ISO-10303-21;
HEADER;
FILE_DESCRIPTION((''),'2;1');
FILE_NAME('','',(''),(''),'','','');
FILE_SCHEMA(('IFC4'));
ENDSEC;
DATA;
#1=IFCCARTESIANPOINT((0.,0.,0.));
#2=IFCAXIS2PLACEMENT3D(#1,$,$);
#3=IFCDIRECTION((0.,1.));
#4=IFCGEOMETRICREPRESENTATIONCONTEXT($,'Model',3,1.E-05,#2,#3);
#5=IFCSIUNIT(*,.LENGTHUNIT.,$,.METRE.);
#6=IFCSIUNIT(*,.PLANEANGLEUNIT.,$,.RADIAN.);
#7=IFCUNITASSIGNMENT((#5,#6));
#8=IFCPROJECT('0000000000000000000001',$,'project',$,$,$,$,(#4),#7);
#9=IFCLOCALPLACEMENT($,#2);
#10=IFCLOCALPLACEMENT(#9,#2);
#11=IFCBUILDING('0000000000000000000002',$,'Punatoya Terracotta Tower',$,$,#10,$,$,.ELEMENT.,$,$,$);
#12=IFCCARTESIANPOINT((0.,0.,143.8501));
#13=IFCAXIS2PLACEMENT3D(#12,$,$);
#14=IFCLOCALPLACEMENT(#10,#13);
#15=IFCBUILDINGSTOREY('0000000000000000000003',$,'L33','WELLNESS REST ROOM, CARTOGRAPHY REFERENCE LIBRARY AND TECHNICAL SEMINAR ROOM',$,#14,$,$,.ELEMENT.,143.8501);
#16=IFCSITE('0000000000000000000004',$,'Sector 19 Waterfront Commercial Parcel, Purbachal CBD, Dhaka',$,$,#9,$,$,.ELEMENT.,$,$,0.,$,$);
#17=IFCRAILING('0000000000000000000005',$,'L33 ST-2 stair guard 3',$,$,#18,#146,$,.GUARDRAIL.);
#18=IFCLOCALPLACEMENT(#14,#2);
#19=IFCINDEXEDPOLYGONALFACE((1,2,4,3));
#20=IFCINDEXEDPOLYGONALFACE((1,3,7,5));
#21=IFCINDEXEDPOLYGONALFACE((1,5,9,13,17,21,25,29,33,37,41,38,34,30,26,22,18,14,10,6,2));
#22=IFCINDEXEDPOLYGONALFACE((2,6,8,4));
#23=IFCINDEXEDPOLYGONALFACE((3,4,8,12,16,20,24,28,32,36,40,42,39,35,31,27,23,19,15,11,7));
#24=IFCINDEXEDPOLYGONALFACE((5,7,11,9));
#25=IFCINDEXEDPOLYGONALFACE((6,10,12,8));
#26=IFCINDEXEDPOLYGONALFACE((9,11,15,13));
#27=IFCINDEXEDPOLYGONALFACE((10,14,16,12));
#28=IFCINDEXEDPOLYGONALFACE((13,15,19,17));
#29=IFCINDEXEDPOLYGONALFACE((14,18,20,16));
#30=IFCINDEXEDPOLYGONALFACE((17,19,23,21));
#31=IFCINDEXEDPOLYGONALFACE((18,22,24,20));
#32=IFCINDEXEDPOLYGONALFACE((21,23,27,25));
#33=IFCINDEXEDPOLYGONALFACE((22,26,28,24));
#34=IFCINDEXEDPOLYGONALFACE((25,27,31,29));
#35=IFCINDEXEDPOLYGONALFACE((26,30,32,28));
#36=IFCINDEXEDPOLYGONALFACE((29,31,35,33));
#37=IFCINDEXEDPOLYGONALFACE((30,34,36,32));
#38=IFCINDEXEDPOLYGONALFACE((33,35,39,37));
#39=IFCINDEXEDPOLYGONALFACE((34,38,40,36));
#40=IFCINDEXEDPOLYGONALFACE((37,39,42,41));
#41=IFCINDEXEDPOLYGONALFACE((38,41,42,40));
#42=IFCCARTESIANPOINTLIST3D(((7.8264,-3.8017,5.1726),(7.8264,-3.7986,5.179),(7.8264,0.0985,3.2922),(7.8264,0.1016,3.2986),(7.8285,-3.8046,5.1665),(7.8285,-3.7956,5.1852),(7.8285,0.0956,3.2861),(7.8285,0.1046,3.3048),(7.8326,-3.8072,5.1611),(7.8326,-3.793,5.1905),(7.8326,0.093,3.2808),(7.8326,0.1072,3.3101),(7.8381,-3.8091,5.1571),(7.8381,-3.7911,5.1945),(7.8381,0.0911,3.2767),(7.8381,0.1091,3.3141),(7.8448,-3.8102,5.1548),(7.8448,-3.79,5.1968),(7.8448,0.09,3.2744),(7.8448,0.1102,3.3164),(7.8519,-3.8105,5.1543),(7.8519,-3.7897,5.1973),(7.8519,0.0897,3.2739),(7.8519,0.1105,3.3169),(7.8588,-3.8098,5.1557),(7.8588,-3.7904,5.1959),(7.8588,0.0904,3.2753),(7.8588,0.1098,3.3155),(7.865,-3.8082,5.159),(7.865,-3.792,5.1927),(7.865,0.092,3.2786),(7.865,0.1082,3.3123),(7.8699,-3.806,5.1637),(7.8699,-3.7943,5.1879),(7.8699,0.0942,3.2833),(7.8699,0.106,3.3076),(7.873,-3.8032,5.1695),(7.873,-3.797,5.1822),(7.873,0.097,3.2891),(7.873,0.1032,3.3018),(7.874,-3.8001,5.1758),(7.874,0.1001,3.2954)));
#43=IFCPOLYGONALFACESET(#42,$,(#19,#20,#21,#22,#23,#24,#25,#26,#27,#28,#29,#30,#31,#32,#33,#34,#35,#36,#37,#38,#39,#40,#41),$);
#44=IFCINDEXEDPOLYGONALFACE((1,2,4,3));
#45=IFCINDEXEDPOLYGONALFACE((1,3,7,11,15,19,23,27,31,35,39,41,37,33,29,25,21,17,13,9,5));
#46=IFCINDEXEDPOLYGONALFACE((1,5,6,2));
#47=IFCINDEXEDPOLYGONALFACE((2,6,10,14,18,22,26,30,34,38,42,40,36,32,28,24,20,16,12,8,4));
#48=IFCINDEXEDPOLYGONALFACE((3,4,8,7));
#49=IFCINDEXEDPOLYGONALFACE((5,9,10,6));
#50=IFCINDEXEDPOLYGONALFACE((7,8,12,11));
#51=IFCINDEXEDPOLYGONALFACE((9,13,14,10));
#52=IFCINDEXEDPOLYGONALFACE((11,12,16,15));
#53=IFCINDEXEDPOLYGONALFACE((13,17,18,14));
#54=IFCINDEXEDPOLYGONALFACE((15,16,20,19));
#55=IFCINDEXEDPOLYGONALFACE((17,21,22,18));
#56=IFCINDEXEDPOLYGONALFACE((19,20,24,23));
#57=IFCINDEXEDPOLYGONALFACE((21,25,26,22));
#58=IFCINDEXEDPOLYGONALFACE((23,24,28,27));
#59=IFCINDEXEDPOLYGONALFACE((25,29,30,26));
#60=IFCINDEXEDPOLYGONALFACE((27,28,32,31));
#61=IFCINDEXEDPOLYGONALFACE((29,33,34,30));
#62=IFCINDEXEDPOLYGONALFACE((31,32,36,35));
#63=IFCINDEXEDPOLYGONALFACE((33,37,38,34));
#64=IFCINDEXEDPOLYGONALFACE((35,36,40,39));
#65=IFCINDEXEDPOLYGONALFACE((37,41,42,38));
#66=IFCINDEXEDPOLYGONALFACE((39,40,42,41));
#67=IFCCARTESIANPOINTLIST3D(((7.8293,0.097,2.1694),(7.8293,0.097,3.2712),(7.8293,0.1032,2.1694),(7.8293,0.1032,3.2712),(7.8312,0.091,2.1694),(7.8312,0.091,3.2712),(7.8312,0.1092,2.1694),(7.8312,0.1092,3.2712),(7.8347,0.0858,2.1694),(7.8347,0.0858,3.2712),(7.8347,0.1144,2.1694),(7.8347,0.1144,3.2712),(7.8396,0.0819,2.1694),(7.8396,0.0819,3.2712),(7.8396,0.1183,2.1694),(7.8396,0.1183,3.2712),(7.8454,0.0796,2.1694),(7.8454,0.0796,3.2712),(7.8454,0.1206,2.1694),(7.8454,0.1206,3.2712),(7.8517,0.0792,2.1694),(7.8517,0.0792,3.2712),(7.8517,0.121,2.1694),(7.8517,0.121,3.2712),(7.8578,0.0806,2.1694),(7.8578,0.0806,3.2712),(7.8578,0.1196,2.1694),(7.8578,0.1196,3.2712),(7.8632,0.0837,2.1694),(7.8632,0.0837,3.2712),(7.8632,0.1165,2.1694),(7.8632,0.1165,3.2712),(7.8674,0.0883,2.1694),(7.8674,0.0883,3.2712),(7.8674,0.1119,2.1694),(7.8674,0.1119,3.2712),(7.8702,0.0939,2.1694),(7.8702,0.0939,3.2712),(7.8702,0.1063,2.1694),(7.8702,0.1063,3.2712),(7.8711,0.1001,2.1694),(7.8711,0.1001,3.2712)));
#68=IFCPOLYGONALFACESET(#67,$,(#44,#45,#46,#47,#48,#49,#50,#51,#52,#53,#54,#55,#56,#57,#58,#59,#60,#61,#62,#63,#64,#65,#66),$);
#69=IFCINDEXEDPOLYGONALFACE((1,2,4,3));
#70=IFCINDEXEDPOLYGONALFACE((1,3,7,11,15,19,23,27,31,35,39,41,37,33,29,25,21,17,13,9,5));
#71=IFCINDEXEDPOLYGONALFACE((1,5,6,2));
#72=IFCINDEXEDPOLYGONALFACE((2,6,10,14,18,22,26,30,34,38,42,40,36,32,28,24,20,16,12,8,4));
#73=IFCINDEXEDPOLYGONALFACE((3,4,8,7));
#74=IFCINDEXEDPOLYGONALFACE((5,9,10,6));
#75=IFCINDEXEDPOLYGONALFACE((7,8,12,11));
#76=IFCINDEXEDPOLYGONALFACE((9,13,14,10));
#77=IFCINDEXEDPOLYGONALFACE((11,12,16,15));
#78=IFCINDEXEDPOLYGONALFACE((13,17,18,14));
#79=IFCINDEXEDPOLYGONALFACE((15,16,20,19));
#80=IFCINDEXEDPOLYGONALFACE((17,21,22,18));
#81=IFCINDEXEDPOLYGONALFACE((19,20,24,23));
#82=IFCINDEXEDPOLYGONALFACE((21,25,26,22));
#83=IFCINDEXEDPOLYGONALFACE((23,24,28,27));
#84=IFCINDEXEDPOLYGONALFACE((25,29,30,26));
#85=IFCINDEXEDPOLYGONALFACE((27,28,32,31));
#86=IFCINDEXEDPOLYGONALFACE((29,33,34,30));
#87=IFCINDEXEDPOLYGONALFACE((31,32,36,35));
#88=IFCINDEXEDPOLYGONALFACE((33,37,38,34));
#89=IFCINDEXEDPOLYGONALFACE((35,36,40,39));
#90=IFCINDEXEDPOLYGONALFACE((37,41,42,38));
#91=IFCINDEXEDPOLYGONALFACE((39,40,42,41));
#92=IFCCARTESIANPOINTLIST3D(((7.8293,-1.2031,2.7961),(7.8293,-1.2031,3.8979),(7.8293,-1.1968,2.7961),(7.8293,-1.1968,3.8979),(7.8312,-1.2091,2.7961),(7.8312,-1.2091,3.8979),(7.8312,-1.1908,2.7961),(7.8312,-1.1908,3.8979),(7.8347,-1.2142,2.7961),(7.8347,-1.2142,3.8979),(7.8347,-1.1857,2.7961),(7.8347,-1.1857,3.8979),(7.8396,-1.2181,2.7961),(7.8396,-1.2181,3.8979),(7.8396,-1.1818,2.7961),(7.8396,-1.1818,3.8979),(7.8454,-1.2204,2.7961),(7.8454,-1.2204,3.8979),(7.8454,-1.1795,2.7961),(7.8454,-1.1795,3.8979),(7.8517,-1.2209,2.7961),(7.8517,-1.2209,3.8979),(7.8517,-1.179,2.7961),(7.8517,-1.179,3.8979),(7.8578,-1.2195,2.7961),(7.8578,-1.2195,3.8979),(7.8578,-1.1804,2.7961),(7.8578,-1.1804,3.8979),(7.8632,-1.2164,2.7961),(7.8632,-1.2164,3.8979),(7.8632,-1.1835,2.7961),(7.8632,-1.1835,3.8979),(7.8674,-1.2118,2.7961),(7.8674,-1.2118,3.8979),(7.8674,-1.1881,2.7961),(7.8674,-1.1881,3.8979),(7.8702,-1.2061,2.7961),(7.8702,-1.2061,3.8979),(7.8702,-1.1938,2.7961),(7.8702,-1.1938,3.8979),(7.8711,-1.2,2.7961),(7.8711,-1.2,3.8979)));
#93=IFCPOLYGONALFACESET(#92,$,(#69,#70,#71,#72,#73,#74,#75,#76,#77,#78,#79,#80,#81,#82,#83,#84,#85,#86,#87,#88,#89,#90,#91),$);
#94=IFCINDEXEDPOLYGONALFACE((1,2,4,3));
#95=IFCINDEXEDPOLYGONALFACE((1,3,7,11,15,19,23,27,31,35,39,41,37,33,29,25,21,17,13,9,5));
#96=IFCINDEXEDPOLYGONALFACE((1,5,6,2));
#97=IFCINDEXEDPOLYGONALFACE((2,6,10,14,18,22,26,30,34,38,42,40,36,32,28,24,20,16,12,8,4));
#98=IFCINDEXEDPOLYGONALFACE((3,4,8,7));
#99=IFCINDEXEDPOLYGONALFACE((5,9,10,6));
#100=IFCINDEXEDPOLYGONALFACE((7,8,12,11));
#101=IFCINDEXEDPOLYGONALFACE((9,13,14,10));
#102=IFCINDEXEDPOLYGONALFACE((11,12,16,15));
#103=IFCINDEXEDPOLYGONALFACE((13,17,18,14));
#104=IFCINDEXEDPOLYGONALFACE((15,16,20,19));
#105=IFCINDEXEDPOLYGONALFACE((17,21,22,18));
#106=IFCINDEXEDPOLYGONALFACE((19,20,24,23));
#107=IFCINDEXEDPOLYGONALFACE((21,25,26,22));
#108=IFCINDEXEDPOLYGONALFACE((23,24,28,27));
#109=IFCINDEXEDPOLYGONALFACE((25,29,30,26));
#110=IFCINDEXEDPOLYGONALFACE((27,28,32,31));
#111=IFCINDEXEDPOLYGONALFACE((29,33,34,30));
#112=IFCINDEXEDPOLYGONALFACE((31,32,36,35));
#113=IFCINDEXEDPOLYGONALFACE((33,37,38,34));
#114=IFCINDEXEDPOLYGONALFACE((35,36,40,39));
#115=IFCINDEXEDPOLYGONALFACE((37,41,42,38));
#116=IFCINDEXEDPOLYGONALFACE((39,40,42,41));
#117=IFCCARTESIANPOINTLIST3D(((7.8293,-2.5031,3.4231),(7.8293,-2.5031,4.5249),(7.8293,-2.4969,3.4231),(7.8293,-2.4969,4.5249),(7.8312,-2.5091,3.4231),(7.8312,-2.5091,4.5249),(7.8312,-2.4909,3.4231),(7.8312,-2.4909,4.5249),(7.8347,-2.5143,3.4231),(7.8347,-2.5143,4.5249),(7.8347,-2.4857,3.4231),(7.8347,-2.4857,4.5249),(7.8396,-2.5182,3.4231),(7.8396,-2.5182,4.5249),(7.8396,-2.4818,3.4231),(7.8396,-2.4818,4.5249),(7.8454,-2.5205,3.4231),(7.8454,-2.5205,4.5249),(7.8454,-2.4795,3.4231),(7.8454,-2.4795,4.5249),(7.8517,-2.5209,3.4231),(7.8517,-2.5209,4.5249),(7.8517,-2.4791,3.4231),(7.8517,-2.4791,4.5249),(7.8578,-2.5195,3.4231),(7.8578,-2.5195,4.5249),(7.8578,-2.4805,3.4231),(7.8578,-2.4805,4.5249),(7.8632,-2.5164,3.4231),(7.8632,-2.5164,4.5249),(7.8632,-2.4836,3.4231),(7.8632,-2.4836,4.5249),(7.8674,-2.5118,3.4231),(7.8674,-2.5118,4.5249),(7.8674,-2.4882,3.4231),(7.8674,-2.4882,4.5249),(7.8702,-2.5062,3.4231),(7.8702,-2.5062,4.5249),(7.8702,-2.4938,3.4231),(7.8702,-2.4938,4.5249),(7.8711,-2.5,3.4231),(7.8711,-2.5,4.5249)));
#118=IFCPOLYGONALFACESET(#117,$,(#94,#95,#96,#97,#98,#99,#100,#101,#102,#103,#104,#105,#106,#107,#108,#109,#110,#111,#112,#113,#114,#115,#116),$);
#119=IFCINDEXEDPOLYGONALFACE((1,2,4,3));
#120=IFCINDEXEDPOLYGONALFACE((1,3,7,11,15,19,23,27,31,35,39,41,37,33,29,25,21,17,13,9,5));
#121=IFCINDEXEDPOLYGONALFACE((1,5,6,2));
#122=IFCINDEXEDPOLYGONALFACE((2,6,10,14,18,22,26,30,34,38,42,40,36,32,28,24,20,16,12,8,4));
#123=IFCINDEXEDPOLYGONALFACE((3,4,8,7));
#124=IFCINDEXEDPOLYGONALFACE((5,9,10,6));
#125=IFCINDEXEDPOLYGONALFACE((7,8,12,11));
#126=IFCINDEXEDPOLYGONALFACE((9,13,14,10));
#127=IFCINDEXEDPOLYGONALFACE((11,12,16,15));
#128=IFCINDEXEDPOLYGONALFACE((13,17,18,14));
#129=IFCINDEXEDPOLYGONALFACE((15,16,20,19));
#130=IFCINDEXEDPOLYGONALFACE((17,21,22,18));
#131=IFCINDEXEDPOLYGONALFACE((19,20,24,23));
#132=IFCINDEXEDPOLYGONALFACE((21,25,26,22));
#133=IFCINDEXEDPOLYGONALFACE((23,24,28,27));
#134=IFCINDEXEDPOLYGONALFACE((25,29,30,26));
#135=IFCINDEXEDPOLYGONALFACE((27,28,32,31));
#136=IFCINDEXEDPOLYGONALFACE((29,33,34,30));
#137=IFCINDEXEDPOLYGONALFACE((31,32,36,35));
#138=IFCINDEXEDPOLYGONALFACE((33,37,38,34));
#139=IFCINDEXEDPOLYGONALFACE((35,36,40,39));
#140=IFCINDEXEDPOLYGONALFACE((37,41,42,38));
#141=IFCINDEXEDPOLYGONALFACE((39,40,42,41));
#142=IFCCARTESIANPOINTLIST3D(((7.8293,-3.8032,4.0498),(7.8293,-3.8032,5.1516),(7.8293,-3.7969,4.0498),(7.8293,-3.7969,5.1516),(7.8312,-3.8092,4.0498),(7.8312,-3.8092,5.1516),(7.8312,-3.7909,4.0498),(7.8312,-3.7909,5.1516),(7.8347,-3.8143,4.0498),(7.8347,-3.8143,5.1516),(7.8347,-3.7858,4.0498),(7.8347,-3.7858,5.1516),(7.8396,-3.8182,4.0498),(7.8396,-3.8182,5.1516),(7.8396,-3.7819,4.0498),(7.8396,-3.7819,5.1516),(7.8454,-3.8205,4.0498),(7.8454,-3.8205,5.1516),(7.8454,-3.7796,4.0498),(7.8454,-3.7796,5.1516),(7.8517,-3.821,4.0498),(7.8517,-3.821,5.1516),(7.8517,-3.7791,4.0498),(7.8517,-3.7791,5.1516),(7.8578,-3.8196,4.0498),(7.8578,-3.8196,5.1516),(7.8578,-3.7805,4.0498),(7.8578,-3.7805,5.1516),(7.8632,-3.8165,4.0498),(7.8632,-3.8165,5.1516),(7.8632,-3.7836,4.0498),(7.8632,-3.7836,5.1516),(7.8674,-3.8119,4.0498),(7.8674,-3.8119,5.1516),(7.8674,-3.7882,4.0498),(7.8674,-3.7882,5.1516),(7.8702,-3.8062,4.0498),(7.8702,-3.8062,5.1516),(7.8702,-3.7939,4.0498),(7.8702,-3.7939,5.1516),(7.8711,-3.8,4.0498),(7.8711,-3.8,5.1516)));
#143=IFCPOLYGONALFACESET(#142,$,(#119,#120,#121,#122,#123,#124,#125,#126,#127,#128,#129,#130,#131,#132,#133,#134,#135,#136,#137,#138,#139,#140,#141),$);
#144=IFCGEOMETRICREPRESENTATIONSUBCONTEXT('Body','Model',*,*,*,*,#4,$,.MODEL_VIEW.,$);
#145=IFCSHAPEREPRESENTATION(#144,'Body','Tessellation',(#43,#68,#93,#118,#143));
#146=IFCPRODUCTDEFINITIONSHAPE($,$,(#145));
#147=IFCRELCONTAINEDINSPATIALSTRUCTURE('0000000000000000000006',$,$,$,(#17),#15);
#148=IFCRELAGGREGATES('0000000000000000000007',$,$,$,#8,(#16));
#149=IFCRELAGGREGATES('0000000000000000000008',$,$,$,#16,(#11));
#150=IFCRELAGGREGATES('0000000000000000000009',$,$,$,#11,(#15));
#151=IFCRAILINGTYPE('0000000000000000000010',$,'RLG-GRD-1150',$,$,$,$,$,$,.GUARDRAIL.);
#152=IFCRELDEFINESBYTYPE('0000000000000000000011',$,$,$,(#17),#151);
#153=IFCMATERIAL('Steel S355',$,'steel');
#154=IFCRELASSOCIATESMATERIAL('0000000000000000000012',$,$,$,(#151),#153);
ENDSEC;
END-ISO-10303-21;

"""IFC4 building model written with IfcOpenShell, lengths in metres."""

from ifc_helpers import new_model, si_unit, direction, frame, origin, origin_2d, place, context, subcontext, project, spatial, circle, extrude, material, type_object, element, save


model = new_model("IFC4")

# Units and contexts
model_context = context("Model", 3, precision=1e-05, world=origin(), true_north=direction((0.0, 1.0)))
body_context = subcontext(model_context, "Body", "Model", "MODEL_VIEW")
ifc_project = project(units=[si_unit("LENGTHUNIT", "METRE"), si_unit("PLANEANGLEUNIT", "RADIAN")], contexts=[model_context])

# Site, building, storey
site_placement = place(None, origin())
site = spatial("IfcSite", under=ifc_project, at=site_placement, Name="Sector 19 Waterfront Commercial Parcel, Purbachal CBD, Dhaka", CompositionType="ELEMENT", RefElevation=0.0)
building_placement = place(site_placement, origin())
building = spatial("IfcBuilding", under=site, at=building_placement, Name="Punatoya Terracotta Tower", CompositionType="ELEMENT")
storey_placement = place(building_placement, frame((0.0, 0.0, 143.8501)))
storey = spatial("IfcBuildingStorey", under=building, at=storey_placement, Name="L33", Description="WELLNESS REST ROOM, CARTOGRAPHY REFERENCE LIBRARY AND TECHNICAL SEMINAR ROOM", CompositionType="ELEMENT", Elevation=143.8501)

# Shared definitions
ifc_material_1 = material(Name="Steel S355", Category="steel")

# Railing
railing_type = type_object("IfcRailingType", Name="RLG-GRD-1150", PredefinedType="GUARDRAIL", material=ifc_material_1)
railing_1_placement = place(storey_placement, frame((7.8501, 0.1001, 2.1694)))
element("IfcRailing", 1, at=railing_1_placement, inside=storey, type_object=railing_type, Name="L33 ST-2 stair guard 3", PredefinedType="GUARDRAIL", context=body_context, shape_type="SweptSolid", body=[
    extrude(circle(Radius=0.0239, at=origin_2d()), frame((0.0, 0.0, 1.126), z_axis=(0.0, -0.900774, 0.434289), x_axis=(1.0, 0.0, 0.0)), (0.0, 0.0, 1.0), 4.3298),
    extrude(circle(Radius=0.021, at=origin_2d()), origin(), (0.0, 0.0, 1.0), 1.1018),
    extrude(circle(Radius=0.021, at=origin_2d()), frame((0.0, -1.3, 0.6267)), (0.0, 0.0, 1.0), 1.1018),
    extrude(circle(Radius=0.021, at=origin_2d()), frame((0.0, -2.6001, 1.2537)), (0.0, 0.0, 1.0), 1.1018),
    extrude(circle(Radius=0.021, at=origin_2d()), frame((0.0, -3.9001, 1.8804)), (0.0, 0.0, 1.0), 1.1018),
])

save(model, "model.ifc")
